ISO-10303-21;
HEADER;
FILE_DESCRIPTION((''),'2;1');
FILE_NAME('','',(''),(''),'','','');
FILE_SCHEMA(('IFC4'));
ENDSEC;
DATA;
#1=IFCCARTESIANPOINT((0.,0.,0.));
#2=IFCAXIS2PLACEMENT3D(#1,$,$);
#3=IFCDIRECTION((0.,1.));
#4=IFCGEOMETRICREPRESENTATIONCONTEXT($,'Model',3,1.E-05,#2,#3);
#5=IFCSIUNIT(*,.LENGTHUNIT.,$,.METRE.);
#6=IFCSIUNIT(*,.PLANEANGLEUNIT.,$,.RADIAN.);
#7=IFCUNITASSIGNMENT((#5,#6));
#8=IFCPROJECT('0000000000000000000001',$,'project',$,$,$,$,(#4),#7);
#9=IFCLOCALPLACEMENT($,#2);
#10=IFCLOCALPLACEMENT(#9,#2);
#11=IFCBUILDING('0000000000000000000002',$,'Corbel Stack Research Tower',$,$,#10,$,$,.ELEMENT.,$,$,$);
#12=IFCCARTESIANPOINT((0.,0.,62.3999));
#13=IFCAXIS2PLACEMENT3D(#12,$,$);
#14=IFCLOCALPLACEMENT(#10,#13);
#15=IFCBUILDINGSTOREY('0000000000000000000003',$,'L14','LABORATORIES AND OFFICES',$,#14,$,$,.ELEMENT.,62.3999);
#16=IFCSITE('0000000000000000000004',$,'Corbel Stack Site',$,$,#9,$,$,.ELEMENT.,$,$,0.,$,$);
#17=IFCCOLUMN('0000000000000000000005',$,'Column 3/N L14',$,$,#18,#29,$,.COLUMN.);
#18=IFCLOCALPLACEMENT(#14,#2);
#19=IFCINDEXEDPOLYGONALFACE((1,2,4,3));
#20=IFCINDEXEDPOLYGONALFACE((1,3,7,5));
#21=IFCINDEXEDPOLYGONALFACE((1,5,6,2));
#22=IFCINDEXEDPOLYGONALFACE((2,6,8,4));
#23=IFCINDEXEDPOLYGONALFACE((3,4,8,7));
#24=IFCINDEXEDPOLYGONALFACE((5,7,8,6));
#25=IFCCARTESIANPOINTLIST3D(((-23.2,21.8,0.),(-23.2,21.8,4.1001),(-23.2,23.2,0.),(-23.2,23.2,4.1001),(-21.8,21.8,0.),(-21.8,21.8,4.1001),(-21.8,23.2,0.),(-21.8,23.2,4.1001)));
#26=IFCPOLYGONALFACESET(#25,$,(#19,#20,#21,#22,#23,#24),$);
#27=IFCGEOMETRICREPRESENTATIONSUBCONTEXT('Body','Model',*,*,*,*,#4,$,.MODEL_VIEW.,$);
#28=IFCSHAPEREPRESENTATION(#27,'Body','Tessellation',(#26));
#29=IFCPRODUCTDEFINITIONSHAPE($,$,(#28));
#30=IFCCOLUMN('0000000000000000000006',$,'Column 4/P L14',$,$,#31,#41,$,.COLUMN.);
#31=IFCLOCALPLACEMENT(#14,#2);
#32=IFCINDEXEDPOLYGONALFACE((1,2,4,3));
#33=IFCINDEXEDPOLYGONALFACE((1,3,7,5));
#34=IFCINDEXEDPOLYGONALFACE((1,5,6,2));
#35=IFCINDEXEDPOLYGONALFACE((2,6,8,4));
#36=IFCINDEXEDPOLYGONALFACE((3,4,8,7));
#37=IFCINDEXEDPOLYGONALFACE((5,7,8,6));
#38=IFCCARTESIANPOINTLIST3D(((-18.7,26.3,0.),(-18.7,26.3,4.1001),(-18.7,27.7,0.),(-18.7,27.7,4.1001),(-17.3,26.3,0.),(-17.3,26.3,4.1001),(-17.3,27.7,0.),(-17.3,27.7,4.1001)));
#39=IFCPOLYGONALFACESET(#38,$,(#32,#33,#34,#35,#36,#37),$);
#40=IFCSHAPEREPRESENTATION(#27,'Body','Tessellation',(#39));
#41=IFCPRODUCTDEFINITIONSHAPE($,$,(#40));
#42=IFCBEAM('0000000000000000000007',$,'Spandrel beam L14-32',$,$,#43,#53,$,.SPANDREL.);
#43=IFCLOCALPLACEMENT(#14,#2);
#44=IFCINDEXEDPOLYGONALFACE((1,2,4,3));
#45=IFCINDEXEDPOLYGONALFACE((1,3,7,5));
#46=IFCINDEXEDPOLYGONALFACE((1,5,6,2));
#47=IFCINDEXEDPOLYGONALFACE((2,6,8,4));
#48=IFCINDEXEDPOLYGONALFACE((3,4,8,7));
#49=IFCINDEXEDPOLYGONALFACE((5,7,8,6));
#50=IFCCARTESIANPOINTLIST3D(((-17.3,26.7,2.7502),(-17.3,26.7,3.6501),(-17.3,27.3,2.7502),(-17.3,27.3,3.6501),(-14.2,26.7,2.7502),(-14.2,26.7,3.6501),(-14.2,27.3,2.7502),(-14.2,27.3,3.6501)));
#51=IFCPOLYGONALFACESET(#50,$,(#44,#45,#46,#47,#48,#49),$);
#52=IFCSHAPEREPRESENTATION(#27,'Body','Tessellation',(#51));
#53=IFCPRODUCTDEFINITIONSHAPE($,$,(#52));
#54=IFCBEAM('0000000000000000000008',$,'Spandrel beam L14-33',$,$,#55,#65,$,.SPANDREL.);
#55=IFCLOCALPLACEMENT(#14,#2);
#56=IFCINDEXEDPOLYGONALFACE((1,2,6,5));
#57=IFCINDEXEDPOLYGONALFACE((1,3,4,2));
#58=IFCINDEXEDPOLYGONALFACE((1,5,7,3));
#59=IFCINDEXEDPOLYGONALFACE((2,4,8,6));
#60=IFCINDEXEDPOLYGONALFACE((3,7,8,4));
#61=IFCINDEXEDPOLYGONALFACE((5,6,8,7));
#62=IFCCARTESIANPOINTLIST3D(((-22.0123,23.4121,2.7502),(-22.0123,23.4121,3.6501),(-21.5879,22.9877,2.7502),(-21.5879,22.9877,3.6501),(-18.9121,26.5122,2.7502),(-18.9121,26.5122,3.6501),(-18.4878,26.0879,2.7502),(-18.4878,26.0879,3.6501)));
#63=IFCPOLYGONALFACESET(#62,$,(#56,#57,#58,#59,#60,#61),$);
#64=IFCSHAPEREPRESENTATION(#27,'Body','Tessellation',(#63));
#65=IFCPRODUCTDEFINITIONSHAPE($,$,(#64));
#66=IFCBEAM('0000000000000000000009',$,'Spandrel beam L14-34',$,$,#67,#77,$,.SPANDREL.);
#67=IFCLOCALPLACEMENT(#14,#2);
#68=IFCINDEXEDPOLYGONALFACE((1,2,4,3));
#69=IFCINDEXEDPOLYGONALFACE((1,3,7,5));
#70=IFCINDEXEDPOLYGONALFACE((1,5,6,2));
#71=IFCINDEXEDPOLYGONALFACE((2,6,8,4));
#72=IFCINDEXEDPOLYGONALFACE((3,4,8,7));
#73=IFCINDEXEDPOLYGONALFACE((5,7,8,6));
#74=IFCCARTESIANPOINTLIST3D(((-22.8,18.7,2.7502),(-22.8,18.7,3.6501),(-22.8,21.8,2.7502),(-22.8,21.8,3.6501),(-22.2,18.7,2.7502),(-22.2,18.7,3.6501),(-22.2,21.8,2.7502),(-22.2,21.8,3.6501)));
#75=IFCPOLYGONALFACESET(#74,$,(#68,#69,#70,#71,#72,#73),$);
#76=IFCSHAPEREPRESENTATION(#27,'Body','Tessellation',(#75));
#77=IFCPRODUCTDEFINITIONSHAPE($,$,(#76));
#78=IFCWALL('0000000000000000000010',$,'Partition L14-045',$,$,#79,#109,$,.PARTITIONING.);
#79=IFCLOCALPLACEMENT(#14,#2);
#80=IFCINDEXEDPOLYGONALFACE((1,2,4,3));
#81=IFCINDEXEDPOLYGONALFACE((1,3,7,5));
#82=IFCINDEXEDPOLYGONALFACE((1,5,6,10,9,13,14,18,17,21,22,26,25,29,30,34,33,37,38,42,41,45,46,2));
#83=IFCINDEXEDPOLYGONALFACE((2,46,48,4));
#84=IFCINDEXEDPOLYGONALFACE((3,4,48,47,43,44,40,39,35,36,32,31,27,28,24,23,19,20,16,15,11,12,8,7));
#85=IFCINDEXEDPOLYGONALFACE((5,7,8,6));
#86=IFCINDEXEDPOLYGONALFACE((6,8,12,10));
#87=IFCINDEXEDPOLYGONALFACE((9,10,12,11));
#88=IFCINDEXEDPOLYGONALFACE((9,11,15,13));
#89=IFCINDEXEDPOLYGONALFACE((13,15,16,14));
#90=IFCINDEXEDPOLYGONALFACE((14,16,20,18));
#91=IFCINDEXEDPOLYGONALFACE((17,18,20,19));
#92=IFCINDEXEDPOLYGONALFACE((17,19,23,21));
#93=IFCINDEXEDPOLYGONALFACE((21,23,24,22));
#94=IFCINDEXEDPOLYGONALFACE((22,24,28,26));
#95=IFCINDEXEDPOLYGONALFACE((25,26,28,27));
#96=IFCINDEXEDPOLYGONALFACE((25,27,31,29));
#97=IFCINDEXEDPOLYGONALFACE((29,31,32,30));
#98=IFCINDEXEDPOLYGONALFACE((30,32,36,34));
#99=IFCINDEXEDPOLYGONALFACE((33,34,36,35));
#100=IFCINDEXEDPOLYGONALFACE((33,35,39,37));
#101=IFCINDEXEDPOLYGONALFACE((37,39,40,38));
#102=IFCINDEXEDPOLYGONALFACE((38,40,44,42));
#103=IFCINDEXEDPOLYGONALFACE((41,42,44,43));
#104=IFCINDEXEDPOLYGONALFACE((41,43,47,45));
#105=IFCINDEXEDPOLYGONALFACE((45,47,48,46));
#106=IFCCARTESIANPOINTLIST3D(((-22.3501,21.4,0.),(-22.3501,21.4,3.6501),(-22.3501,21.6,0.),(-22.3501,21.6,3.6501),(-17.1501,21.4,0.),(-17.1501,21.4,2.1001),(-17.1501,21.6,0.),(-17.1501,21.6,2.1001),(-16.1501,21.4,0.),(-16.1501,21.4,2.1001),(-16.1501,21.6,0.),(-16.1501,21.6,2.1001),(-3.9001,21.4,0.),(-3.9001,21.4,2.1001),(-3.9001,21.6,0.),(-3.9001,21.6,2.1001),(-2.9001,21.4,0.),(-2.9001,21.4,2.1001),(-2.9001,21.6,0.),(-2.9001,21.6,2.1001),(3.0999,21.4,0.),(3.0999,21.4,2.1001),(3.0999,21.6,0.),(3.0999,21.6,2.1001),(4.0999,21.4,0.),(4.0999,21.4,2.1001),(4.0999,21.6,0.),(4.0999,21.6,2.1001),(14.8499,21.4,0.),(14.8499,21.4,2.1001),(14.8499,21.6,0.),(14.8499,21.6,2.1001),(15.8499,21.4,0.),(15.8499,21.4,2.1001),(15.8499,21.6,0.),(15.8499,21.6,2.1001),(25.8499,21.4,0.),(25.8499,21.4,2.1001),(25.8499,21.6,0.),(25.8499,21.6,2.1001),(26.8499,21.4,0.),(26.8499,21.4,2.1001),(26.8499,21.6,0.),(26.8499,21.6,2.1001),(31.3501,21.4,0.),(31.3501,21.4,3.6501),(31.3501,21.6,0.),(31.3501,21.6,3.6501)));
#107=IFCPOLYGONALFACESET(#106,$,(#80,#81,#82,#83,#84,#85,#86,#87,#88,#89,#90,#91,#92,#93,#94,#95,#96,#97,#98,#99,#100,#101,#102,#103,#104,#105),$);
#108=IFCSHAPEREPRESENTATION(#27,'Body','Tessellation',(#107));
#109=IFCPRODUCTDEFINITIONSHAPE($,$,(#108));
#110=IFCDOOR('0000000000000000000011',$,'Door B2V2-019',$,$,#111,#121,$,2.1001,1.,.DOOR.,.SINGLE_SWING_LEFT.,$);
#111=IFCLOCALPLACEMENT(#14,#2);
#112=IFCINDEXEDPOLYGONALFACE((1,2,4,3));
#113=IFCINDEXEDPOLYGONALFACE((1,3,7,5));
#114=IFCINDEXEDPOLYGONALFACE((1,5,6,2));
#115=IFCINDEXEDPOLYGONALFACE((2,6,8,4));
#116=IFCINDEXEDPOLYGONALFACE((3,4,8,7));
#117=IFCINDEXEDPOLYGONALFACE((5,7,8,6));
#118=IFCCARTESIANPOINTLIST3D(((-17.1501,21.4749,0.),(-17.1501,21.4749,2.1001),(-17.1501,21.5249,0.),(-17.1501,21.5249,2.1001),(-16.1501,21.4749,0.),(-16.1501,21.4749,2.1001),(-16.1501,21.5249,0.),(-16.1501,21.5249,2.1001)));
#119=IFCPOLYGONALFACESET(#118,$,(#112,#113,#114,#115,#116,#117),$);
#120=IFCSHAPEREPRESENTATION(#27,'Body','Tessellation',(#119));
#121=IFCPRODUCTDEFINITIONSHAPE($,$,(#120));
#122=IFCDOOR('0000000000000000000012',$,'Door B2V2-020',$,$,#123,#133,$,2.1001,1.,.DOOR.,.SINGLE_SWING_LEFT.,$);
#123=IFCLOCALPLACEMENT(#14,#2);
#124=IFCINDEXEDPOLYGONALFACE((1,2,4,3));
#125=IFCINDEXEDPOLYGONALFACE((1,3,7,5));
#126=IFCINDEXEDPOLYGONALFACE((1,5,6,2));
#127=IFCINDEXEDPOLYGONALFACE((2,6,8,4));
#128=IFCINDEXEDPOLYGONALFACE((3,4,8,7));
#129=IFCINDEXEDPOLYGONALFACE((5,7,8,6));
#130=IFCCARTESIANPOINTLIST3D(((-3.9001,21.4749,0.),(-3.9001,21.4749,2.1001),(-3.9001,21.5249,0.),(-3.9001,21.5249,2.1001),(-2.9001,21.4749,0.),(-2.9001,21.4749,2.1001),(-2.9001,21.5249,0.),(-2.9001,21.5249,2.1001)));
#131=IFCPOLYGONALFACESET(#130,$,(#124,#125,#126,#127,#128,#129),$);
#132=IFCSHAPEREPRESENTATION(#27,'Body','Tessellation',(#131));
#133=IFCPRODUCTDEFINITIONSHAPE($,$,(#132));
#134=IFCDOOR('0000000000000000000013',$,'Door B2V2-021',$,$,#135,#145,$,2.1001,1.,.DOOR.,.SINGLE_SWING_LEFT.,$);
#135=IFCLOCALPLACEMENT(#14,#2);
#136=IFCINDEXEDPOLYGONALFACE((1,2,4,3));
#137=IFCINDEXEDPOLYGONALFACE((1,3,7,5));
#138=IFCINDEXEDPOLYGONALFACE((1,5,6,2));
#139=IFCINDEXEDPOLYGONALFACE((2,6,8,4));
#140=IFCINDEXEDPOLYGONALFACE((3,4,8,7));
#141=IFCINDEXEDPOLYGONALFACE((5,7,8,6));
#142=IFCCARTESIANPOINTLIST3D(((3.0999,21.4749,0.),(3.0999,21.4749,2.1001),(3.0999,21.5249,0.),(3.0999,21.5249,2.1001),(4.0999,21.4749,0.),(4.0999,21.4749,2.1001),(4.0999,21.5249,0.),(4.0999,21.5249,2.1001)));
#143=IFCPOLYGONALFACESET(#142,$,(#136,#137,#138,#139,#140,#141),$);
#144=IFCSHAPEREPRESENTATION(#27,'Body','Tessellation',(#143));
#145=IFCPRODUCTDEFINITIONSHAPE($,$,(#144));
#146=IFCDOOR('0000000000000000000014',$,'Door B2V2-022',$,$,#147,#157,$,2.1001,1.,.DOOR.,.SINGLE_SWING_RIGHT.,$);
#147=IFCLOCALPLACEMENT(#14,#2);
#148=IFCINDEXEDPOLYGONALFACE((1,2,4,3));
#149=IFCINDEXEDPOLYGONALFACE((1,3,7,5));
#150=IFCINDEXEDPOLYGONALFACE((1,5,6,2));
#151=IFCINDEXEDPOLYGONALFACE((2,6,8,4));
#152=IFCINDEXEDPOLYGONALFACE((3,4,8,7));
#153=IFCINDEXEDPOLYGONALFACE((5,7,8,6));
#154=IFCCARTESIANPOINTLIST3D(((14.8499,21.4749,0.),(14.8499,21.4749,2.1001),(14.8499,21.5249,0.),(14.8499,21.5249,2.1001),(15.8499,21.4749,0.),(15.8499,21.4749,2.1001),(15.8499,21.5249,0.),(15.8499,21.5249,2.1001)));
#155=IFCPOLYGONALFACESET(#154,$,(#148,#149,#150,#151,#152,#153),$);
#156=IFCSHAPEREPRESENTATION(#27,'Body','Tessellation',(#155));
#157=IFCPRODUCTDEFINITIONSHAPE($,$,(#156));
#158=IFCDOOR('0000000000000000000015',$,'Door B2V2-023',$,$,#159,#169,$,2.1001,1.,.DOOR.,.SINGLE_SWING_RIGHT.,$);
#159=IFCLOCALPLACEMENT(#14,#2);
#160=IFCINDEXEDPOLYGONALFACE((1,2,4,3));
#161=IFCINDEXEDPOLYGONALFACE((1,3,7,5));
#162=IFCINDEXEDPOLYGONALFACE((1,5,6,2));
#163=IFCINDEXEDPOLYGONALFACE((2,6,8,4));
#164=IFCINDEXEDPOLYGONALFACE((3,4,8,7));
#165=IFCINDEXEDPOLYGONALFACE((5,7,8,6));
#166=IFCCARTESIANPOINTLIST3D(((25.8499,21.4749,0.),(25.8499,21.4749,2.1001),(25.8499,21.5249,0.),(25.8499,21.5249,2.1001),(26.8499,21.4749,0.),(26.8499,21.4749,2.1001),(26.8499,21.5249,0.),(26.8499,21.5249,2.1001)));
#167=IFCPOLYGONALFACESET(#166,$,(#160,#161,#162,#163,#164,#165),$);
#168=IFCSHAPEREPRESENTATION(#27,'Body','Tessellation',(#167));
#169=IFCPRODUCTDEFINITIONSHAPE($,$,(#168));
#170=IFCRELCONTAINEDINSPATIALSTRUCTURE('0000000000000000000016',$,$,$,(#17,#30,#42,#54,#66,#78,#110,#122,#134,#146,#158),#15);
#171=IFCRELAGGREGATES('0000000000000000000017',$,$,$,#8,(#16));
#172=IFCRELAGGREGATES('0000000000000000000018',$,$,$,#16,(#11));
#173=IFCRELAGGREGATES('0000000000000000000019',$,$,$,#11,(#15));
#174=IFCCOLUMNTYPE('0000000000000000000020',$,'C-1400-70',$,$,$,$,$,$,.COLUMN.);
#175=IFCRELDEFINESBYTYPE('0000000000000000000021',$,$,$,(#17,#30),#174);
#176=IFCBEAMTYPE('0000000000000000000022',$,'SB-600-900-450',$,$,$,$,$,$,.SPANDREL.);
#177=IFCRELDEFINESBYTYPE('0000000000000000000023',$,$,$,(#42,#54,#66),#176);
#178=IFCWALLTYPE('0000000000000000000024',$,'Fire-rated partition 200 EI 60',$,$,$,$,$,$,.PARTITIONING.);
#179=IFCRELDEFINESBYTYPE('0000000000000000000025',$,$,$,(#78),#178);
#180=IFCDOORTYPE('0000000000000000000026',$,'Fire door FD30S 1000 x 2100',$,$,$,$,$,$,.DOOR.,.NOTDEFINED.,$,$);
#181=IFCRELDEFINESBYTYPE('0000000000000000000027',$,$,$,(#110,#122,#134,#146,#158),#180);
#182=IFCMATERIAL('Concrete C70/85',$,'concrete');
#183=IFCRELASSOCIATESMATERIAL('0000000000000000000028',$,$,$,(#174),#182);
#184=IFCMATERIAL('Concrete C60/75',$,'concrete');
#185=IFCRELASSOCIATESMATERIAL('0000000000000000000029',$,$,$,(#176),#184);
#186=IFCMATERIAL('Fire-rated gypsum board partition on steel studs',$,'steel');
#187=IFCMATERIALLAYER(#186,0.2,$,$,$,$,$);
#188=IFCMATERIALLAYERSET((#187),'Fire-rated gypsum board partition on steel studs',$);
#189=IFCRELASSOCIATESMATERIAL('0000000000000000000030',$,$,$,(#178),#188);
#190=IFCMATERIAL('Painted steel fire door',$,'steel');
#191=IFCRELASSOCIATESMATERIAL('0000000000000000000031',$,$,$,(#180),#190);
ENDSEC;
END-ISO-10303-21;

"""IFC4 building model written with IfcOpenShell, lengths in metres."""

from ifc_helpers import new_model, si_unit, direction, frame, frame_2d, origin, origin_2d, place, context, subcontext, project, spatial, rectangle, extrude, material, layer, layer_set, material_profile, profile_set, type_object, element, fill, save


model = new_model("IFC4")

# Units and contexts
model_context = context("Model", 3, precision=1e-05, world=origin(), true_north=direction((0.0, 1.0)))
body_context = subcontext(model_context, "Body", "Model", "MODEL_VIEW")
ifc_project = project(units=[si_unit("LENGTHUNIT", "METRE"), si_unit("PLANEANGLEUNIT", "RADIAN")], contexts=[model_context])

# Site, building, storey
site_placement = place(None, origin())
site = spatial("IfcSite", under=ifc_project, at=site_placement, Name="Corbel Stack Site", CompositionType="ELEMENT", RefElevation=0.0)
building_placement = place(site_placement, origin())
building = spatial("IfcBuilding", under=site, at=building_placement, Name="Corbel Stack Research Tower", CompositionType="ELEMENT")
storey_placement = place(building_placement, frame((0.0, 0.0, 62.3999)))
storey = spatial("IfcBuildingStorey", under=building, at=storey_placement, Name="L14", Description="LABORATORIES AND OFFICES", CompositionType="ELEMENT", Elevation=62.3999)

# Columns
ifc_material_1 = material(Name="Concrete C70/85", Category="concrete")
ifc_material_profile_1 = material_profile(ifc_material_1, rectangle(XDim=1.3999, YDim=1.3999, at=origin_2d()), Name="RC 1400 x 1400")
ifc_profile_set_1 = profile_set([ifc_material_profile_1], Name="Concrete C70/85")
column_type = type_object("IfcColumnType", Name="C-1400-70", PredefinedType="COLUMN", material=ifc_profile_set_1)
for number, where, z_axis, x_axis, name in (
    (1, (-22.5, 22.5, 0.0), (0.0, 0.0, 1.0), (1.0, 0.0, 0.0), "Column 3/N L14"),
    (2, (-18.0, 27.0, 0.0), (0.0, 0.0, 1.0), (1.0, 0.0, 0.0), "Column 4/P L14"),
):
    element("IfcColumn", number, at=place(storey_placement, frame(where, z_axis=z_axis, x_axis=x_axis)), inside=storey, type_object=column_type, Name=name, PredefinedType="COLUMN", context=body_context, shape_type="SweptSolid", body=[
        extrude(rectangle(XDim=1.3999, YDim=1.3999, at=origin_2d()), origin(), (0.0, 0.0, 1.0), 4.1001),
    ])

# Beams
ifc_material_2 = material(Name="Concrete C60/75", Category="concrete")
ifc_material_profile_2 = material_profile(ifc_material_2, rectangle(XDim=0.6001, YDim=0.8999, at=origin_2d()), Name="RC 600 x 900")
ifc_profile_set_2 = profile_set([ifc_material_profile_2], Name="Concrete C60/75")
beam_type = type_object("IfcBeamType", Name="SB-600-900-450", PredefinedType="SPANDREL", material=ifc_profile_set_2)
beam_1_placement = place(storey_placement, frame((-14.2, 27.0, 3.2002), z_axis=(-1.0, 0.0, 0.0), x_axis=(0.0, -1.0, 0.0)))
element("IfcBeam", 3, at=beam_1_placement, inside=storey, type_object=beam_type, Name="Spandrel beam L14-32", PredefinedType="SPANDREL", context=body_context, shape_type="SweptSolid", body=[
    extrude(rectangle(XDim=0.6001, YDim=0.8999, at=origin_2d()), origin(), (0.0, 0.0, 1.0), 3.1001),
])
beam_2_placement = place(storey_placement, frame((-18.7, 26.3, 3.2002), z_axis=(-0.707107, -0.707107, 0.0), x_axis=(0.707107, -0.707107, 0.0)))
element("IfcBeam", 4, at=beam_2_placement, inside=storey, type_object=beam_type, Name="Spandrel beam L14-33", PredefinedType="SPANDREL", context=body_context, shape_type="SweptSolid", body=[
    extrude(rectangle(XDim=0.6001, YDim=0.8999, at=origin_2d()), origin(), (0.0, 0.0, 1.0), 4.3843),
])
beam_3_placement = place(storey_placement, frame((-22.5, 21.8, 3.2002), z_axis=(0.0, -1.0, 0.0), x_axis=(1.0, 0.0, 0.0)))
element("IfcBeam", 5, at=beam_3_placement, inside=storey, type_object=beam_type, Name="Spandrel beam L14-34", PredefinedType="SPANDREL", context=body_context, shape_type="SweptSolid", body=[
    extrude(rectangle(XDim=0.6001, YDim=0.8999, at=origin_2d()), origin(), (0.0, 0.0, 1.0), 3.1001),
])

# Wall, openings, doors
ifc_material_3 = material(Name="Fire-rated gypsum board partition on steel studs", Category="steel")
ifc_layer_1 = layer(ifc_material_3, 0.2)
ifc_layer_set_1 = layer_set([ifc_layer_1], Name="Fire-rated gypsum board partition on steel studs")
wall_type_1 = type_object("IfcWallType", Name="Fire-rated partition 200 EI 60", PredefinedType="PARTITIONING", material=ifc_layer_set_1)
wall_1_placement = place(storey_placement, frame((-22.3501, 21.5, 0.0), z_axis=(0.0, 0.0, 1.0), x_axis=(1.0, 0.0, 0.0)))
wall_1 = element("IfcWall", 6, at=wall_1_placement, inside=storey, type_object=wall_type_1, Name="Partition L14-045", PredefinedType="PARTITIONING", context=body_context, shape_type="SweptSolid", body=[
    extrude(rectangle(XDim=53.7002, YDim=0.2, at=frame_2d((26.8501, 0.0))), origin(), (0.0, 0.0, 1.0), 3.6501),
])
opening_1_placement = place(wall_1_placement, frame((5.2, 0.0, 0.0)))
opening_1 = element("IfcOpeningElement", 7, at=opening_1_placement, cuts=wall_1, PredefinedType="OPENING", context=body_context, shape_type="SweptSolid", body=[
    extrude(rectangle(XDim=1.0, YDim=2.1001, at=frame_2d((0.5, 1.05))), frame((0.0, 0.1099, 0.0), z_axis=(0.0, -1.0, 0.0), x_axis=(1.0, 0.0, 0.0)), (0.0, 0.0, 1.0), 0.22),
])
opening_2_placement = place(wall_1_placement, frame((18.45, 0.0, 0.0)))
opening_2 = element("IfcOpeningElement", 8, at=opening_2_placement, cuts=wall_1, PredefinedType="OPENING", context=body_context, shape_type="SweptSolid", body=[
    extrude(rectangle(XDim=1.0, YDim=2.1001, at=frame_2d((0.5, 1.05))), frame((0.0, 0.1099, 0.0), z_axis=(0.0, -1.0, 0.0), x_axis=(1.0, 0.0, 0.0)), (0.0, 0.0, 1.0), 0.22),
])
opening_3_placement = place(wall_1_placement, frame((25.45, 0.0, 0.0)))
opening_3 = element("IfcOpeningElement", 9, at=opening_3_placement, cuts=wall_1, PredefinedType="OPENING", context=body_context, shape_type="SweptSolid", body=[
    extrude(rectangle(XDim=1.0, YDim=2.1001, at=frame_2d((0.5, 1.05))), frame((0.0, 0.1099, 0.0), z_axis=(0.0, -1.0, 0.0), x_axis=(1.0, 0.0, 0.0)), (0.0, 0.0, 1.0), 0.22),
])
opening_4_placement = place(wall_1_placement, frame((37.2, 0.0, 0.0)))
opening_4 = element("IfcOpeningElement", 10, at=opening_4_placement, cuts=wall_1, PredefinedType="OPENING", context=body_context, shape_type="SweptSolid", body=[
    extrude(rectangle(XDim=1.0, YDim=2.1001, at=frame_2d((0.5, 1.05))), frame((0.0, 0.1099, 0.0), z_axis=(0.0, -1.0, 0.0), x_axis=(1.0, 0.0, 0.0)), (0.0, 0.0, 1.0), 0.22),
])
opening_5_placement = place(wall_1_placement, frame((48.2, 0.0, 0.0)))
opening_5 = element("IfcOpeningElement", 11, at=opening_5_placement, cuts=wall_1, PredefinedType="OPENING", context=body_context, shape_type="SweptSolid", body=[
    extrude(rectangle(XDim=1.0, YDim=2.1001, at=frame_2d((0.5, 1.05))), frame((0.0, 0.1099, 0.0), z_axis=(0.0, -1.0, 0.0), x_axis=(1.0, 0.0, 0.0)), (0.0, 0.0, 1.0), 0.22),
])
ifc_material_4 = material(Name="Painted steel fire door", Category="steel")
door_type_1 = type_object("IfcDoorType", Name="Fire door FD30S 1000 x 2100", OperationType="NOTDEFINED", PredefinedType="DOOR", material=ifc_material_4)
door_1_placement = place(opening_1_placement, origin())
door_1 = element("IfcDoor", 12, at=door_1_placement, inside=storey, type_object=door_type_1, Name="Door B2V2-019", OperationType="SINGLE_SWING_LEFT", OverallHeight=2.1001, OverallWidth=1.0, PredefinedType="DOOR", context=body_context, shape_type="SweptSolid", body=[
    extrude(rectangle(XDim=1.0, YDim=2.1001, at=frame_2d((0.5, 1.05))), frame((0.0, 0.0249, 0.0), z_axis=(0.0, -1.0, 0.0), x_axis=(1.0, 0.0, 0.0)), (0.0, 0.0, 1.0), 0.05),
])
fill(opening_1, door_1)
door_2_placement = place(opening_2_placement, origin())
door_2 = element("IfcDoor", 13, at=door_2_placement, inside=storey, type_object=door_type_1, Name="Door B2V2-020", OperationType="SINGLE_SWING_LEFT", OverallHeight=2.1001, OverallWidth=1.0, PredefinedType="DOOR", context=body_context, shape_type="SweptSolid", body=[
    extrude(rectangle(XDim=1.0, YDim=2.1001, at=frame_2d((0.5, 1.05))), frame((0.0, 0.0249, 0.0), z_axis=(0.0, -1.0, 0.0), x_axis=(1.0, 0.0, 0.0)), (0.0, 0.0, 1.0), 0.05),
])
fill(opening_2, door_2)
door_3_placement = place(opening_3_placement, origin())
door_3 = element("IfcDoor", 14, at=door_3_placement, inside=storey, type_object=door_type_1, Name="Door B2V2-021", OperationType="SINGLE_SWING_LEFT", OverallHeight=2.1001, OverallWidth=1.0, PredefinedType="DOOR", context=body_context, shape_type="SweptSolid", body=[
    extrude(rectangle(XDim=1.0, YDim=2.1001, at=frame_2d((0.5, 1.05))), frame((0.0, 0.0249, 0.0), z_axis=(0.0, -1.0, 0.0), x_axis=(1.0, 0.0, 0.0)), (0.0, 0.0, 1.0), 0.05),
])
fill(opening_3, door_3)
door_4_placement = place(opening_4_placement, origin())
door_4 = element("IfcDoor", 15, at=door_4_placement, inside=storey, type_object=door_type_1, Name="Door B2V2-022", OperationType="SINGLE_SWING_RIGHT", OverallHeight=2.1001, OverallWidth=1.0, PredefinedType="DOOR", context=body_context, shape_type="SweptSolid", body=[
    extrude(rectangle(XDim=1.0, YDim=2.1001, at=frame_2d((0.5, 1.05))), frame((0.0, 0.0249, 0.0), z_axis=(0.0, -1.0, 0.0), x_axis=(1.0, 0.0, 0.0)), (0.0, 0.0, 1.0), 0.05),
])
fill(opening_4, door_4)
door_5_placement = place(opening_5_placement, origin())
door_5 = element("IfcDoor", 16, at=door_5_placement, inside=storey, type_object=door_type_1, Name="Door B2V2-023", OperationType="SINGLE_SWING_RIGHT", OverallHeight=2.1001, OverallWidth=1.0, PredefinedType="DOOR", context=body_context, shape_type="SweptSolid", body=[
    extrude(rectangle(XDim=1.0, YDim=2.1001, at=frame_2d((0.5, 1.05))), frame((0.0, 0.0249, 0.0), z_axis=(0.0, -1.0, 0.0), x_axis=(1.0, 0.0, 0.0)), (0.0, 0.0, 1.0), 0.05),
])
fill(opening_5, door_5)

save(model, "model.ifc")
